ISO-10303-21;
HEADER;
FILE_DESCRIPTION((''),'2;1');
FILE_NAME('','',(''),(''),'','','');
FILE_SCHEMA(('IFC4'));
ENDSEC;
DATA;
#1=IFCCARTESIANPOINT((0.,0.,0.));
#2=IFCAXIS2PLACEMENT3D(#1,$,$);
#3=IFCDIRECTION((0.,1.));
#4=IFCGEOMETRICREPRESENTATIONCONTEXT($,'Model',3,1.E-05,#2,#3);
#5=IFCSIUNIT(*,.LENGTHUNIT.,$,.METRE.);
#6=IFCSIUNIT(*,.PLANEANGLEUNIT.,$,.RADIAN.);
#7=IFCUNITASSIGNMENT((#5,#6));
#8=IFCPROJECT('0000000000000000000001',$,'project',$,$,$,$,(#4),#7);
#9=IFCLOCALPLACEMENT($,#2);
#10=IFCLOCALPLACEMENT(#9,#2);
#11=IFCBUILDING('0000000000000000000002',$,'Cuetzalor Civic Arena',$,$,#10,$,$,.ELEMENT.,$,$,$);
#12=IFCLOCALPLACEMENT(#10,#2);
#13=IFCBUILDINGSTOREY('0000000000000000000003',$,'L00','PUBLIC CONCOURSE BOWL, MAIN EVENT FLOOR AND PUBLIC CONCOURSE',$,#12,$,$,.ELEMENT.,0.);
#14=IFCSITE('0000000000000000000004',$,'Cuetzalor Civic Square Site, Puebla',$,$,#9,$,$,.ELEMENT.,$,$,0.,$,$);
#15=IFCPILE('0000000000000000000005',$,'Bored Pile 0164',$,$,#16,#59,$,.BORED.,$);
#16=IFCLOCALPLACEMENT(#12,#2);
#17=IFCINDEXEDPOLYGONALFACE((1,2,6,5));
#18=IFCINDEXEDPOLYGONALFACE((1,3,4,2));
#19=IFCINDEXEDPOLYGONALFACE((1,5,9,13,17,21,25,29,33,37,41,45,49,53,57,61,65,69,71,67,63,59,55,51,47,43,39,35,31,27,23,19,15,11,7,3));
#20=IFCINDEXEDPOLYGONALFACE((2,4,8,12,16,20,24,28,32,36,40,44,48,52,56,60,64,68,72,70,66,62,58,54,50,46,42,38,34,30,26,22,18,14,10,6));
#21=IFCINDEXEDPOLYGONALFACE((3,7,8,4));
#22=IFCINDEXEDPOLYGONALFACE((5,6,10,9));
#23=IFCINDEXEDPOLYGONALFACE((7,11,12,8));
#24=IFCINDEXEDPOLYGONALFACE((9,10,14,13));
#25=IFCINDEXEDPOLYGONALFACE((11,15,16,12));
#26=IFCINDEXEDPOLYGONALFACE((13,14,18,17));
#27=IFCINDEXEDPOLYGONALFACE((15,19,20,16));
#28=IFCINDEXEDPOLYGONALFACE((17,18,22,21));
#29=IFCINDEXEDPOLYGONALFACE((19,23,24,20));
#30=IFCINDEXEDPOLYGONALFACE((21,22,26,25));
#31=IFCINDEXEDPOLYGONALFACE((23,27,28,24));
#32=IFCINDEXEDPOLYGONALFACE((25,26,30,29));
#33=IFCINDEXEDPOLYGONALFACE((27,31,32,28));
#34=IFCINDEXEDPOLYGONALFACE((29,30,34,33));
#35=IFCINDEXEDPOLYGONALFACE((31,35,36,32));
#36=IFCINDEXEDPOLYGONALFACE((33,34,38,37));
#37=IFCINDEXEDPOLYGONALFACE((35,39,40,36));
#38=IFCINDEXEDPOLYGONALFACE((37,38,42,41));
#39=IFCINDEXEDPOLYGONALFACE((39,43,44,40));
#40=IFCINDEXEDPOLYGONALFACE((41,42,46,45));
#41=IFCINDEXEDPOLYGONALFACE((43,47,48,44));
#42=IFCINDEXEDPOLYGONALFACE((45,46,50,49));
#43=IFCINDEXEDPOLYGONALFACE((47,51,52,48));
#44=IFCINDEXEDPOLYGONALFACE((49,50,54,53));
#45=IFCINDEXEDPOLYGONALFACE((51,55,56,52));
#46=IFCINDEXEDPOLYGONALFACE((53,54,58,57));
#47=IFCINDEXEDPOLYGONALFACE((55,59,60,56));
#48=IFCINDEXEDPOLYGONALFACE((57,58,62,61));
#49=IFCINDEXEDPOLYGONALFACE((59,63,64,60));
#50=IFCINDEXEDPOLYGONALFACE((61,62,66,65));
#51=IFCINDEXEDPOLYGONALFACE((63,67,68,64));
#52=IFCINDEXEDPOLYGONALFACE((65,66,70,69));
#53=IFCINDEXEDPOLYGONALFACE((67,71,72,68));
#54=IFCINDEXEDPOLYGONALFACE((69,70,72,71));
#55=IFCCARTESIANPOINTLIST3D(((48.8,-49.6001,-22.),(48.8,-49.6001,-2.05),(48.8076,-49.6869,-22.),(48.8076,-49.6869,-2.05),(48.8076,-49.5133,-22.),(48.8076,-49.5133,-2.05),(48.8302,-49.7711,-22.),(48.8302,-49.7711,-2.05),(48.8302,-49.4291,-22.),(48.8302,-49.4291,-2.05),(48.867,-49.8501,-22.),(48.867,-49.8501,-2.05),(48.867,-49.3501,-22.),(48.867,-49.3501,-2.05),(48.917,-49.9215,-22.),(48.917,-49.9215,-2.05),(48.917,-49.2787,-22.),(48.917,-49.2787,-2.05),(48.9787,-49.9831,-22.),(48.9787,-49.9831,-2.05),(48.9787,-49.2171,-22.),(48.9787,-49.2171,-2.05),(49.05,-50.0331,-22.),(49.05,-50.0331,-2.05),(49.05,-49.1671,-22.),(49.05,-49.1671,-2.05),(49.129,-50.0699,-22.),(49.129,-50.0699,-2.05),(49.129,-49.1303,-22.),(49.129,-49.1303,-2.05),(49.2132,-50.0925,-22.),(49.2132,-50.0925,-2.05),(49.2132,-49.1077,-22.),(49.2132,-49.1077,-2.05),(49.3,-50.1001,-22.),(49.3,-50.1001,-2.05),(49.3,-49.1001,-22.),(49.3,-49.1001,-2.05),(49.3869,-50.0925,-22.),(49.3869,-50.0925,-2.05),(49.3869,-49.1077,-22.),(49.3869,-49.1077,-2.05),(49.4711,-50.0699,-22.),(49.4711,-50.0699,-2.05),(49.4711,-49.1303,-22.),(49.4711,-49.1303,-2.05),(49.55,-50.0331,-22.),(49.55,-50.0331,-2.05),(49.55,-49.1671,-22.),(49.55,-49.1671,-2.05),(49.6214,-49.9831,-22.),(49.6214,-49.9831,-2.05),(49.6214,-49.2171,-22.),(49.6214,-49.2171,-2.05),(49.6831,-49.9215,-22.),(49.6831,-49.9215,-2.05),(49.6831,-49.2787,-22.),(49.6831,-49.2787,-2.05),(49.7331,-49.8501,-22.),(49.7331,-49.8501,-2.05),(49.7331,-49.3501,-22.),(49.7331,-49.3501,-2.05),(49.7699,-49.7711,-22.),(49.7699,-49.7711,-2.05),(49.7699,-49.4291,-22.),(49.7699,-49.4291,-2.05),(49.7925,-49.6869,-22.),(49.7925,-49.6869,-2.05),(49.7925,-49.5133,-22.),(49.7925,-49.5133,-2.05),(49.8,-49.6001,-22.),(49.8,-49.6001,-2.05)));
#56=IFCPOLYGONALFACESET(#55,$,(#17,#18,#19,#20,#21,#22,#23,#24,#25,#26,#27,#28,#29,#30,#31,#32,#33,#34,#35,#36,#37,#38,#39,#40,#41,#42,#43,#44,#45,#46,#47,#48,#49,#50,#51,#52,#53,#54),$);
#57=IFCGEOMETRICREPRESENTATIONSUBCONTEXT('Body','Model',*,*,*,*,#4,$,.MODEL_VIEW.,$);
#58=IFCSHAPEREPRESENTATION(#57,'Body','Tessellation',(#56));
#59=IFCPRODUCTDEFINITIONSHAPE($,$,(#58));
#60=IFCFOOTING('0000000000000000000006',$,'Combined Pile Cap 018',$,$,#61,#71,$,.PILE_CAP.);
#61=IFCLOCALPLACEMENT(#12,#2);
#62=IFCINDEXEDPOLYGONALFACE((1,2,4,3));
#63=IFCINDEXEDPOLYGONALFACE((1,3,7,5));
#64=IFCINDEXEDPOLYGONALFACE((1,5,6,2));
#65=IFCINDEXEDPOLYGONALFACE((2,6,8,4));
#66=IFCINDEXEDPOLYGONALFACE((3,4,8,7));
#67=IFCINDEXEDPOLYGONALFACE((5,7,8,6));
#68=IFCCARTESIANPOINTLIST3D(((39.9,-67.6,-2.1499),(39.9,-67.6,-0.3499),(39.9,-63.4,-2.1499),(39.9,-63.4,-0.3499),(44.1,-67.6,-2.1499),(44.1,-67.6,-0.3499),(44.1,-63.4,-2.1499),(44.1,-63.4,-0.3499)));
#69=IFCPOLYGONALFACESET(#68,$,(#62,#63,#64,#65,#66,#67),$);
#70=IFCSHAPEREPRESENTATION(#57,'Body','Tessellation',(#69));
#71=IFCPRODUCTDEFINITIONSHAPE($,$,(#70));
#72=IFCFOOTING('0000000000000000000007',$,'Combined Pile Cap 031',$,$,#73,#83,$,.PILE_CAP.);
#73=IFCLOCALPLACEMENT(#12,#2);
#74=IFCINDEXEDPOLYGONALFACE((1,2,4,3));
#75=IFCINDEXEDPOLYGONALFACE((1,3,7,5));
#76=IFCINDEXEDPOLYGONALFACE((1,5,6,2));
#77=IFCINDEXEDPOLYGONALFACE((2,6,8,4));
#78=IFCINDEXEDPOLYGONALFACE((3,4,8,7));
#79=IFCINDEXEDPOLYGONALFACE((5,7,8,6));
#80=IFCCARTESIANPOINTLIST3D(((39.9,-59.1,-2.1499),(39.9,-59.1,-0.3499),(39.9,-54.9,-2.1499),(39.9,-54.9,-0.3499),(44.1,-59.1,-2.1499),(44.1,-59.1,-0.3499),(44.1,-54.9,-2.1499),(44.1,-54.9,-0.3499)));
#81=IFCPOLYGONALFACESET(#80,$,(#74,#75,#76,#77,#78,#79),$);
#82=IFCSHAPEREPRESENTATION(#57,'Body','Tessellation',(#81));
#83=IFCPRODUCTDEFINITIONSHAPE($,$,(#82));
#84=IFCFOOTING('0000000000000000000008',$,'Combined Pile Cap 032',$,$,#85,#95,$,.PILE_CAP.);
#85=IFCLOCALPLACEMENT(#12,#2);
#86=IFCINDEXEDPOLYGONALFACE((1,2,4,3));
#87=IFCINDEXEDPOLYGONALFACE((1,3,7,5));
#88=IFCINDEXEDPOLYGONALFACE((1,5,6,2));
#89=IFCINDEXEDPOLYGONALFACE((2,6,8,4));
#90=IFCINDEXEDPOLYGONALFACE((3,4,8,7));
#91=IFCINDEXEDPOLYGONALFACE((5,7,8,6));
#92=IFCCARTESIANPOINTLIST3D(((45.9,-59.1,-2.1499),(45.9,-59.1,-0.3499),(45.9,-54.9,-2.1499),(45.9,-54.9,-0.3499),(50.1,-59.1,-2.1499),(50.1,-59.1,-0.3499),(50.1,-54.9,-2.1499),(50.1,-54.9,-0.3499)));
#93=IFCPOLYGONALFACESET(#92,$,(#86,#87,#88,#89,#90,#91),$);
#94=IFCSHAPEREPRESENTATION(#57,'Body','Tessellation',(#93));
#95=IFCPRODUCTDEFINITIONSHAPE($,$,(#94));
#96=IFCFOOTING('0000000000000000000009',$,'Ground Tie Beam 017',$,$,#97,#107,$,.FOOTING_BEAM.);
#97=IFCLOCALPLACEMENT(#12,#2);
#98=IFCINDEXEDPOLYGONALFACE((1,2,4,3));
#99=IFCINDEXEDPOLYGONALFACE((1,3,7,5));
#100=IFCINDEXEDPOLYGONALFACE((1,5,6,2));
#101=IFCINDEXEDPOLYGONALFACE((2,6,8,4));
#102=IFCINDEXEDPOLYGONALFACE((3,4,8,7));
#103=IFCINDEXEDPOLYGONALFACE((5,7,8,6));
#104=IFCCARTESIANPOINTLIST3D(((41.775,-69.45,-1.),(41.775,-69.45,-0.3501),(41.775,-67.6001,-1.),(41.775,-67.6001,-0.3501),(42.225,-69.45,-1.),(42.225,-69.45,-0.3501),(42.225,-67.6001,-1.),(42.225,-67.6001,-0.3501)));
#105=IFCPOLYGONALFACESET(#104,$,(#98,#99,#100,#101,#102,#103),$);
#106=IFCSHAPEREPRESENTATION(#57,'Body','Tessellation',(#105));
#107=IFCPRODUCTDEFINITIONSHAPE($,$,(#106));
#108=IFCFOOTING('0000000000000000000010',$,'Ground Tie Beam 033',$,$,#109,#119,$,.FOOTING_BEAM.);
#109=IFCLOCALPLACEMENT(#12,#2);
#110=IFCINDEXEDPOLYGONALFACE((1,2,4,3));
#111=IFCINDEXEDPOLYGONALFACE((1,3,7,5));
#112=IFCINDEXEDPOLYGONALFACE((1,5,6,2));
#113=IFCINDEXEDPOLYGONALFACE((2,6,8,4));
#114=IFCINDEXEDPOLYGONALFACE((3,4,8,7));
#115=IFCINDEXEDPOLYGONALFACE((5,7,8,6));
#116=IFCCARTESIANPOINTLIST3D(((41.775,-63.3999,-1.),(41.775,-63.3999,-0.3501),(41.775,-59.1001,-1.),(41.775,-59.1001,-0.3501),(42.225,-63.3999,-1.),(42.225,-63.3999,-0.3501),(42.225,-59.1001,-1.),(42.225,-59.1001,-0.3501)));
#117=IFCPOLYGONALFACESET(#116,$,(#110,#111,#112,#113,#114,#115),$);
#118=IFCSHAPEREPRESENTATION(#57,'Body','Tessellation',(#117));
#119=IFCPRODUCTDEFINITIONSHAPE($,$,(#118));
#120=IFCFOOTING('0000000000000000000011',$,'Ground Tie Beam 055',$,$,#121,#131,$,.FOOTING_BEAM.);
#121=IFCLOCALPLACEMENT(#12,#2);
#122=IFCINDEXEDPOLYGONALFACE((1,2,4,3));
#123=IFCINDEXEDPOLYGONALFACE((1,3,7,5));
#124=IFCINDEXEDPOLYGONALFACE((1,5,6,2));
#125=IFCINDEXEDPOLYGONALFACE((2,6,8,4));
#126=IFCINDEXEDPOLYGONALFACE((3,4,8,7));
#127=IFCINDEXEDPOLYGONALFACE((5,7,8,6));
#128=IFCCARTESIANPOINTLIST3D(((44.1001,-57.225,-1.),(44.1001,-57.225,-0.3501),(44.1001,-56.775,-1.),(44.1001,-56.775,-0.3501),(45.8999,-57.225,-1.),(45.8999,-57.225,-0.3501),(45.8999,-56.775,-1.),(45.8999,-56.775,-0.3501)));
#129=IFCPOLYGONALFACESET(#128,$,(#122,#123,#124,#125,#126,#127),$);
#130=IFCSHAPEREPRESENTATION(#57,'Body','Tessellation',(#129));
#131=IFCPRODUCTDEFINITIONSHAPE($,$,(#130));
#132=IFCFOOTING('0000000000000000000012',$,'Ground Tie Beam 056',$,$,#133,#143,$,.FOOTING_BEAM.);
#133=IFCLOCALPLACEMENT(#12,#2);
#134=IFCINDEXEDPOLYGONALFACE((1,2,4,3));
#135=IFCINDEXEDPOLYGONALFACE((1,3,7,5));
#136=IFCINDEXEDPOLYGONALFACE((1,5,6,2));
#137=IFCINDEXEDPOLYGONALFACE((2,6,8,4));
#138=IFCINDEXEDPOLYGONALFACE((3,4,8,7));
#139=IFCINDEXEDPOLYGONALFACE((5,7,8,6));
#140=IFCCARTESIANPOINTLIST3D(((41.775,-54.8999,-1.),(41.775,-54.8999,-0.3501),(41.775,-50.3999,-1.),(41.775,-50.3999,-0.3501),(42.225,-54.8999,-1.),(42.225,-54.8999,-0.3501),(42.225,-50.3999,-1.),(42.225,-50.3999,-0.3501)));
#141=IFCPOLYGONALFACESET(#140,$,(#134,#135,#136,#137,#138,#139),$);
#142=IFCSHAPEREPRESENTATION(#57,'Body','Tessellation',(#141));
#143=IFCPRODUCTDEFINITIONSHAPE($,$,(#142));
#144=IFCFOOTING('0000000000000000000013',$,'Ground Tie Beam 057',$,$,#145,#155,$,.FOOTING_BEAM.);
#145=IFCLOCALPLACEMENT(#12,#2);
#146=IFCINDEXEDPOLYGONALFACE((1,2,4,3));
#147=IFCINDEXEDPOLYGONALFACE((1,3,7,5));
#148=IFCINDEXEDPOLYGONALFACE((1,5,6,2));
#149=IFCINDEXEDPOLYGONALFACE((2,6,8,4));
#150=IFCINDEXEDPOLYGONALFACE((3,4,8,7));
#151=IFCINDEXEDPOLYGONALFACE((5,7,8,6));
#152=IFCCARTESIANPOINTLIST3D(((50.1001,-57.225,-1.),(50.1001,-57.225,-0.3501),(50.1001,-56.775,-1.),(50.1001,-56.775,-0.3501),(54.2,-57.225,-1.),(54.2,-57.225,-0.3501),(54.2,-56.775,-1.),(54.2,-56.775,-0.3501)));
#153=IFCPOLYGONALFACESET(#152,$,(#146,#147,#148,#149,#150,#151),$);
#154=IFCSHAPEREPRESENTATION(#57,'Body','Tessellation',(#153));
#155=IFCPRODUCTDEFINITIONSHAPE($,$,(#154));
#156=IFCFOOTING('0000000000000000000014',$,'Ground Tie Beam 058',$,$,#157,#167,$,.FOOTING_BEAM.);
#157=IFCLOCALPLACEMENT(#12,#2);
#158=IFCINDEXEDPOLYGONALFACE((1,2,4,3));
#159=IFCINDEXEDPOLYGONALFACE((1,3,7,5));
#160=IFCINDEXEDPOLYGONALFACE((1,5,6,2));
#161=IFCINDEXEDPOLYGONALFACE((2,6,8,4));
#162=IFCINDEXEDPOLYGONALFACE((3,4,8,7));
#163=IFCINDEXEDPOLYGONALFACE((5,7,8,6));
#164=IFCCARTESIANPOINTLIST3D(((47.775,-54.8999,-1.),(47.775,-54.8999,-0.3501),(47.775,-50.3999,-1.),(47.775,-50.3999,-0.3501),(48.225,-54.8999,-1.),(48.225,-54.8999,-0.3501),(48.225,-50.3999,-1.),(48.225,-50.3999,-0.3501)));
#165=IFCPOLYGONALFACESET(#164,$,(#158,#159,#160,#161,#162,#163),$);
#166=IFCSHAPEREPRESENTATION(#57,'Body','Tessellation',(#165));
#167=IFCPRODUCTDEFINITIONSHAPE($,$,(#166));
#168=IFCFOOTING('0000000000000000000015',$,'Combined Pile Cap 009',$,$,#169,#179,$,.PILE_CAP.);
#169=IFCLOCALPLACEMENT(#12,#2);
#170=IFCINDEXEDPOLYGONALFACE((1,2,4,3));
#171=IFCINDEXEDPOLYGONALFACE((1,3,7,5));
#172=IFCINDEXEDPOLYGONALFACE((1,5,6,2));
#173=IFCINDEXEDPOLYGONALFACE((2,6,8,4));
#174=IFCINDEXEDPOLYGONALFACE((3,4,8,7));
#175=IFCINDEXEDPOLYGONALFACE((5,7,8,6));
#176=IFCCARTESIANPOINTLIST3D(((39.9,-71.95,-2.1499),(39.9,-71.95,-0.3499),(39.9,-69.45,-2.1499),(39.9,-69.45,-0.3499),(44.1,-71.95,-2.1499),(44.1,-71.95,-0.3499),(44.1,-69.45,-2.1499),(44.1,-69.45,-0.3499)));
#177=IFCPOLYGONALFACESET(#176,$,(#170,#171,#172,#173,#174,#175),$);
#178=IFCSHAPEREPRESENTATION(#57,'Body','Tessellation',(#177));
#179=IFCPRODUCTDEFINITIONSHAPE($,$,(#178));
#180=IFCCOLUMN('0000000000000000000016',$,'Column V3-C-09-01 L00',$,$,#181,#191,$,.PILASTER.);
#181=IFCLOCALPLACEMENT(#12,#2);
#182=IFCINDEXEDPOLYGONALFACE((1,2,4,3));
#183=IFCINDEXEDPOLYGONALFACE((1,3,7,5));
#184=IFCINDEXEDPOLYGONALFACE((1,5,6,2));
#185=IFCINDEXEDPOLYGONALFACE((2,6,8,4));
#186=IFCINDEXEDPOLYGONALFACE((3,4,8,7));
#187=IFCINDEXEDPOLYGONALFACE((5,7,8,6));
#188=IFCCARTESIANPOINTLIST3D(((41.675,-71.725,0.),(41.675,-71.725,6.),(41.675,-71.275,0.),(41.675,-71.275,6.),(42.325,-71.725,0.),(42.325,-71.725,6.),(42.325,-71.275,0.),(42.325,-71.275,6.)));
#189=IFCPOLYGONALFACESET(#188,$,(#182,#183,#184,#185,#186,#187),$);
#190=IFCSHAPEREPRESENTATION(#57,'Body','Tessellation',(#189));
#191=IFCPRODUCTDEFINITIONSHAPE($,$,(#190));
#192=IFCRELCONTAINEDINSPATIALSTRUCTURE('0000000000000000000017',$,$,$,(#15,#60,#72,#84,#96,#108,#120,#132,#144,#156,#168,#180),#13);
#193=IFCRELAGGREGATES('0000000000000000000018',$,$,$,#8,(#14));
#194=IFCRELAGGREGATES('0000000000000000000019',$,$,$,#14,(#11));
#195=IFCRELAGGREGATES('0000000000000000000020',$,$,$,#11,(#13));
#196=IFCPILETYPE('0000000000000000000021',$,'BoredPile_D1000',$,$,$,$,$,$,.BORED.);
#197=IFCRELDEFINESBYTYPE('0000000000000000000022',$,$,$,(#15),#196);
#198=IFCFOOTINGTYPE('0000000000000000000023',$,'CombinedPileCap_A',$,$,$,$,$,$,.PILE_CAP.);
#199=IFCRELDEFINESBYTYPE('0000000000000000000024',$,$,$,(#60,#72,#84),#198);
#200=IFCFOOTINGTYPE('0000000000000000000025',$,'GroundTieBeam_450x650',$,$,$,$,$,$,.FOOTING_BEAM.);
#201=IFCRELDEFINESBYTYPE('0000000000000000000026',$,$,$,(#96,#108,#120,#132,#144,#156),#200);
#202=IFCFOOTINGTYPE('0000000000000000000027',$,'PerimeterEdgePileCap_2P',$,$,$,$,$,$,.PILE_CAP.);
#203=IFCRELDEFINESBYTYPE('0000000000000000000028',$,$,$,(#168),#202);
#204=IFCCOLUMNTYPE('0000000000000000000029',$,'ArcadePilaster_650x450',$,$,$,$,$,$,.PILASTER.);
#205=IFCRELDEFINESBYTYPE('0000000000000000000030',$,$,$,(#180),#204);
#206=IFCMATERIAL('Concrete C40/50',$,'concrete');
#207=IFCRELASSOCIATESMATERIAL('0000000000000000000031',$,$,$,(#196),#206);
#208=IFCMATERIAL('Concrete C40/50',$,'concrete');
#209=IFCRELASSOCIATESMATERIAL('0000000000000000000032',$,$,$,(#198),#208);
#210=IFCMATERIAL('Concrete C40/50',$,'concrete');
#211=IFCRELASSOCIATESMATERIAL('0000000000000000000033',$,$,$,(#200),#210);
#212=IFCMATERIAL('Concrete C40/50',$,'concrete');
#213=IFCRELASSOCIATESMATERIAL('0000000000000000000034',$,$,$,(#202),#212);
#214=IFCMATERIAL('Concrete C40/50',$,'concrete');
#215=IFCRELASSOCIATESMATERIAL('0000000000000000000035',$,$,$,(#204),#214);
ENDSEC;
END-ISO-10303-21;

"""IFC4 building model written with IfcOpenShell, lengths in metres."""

from ifc_helpers import new_model, si_unit, direction, frame, origin, origin_2d, place, context, subcontext, project, spatial, rectangle, circle, extrude, material, material_profile, profile_set, type_object, element, save


model = new_model("IFC4")

# Units and contexts
model_context = context("Model", 3, precision=1e-05, world=origin(), true_north=direction((0.0, 1.0)))
body_context = subcontext(model_context, "Body", "Model", "MODEL_VIEW")
ifc_project = project(units=[si_unit("LENGTHUNIT", "METRE"), si_unit("PLANEANGLEUNIT", "RADIAN")], contexts=[model_context])

# Site, building, storey
site_placement = place(None, origin())
site = spatial("IfcSite", under=ifc_project, at=site_placement, Name="Cuetzalor Civic Square Site, Puebla", CompositionType="ELEMENT", RefElevation=0.0)
building_placement = place(site_placement, origin())
building = spatial("IfcBuilding", under=site, at=building_placement, Name="Cuetzalor Civic Arena", CompositionType="ELEMENT")
storey_placement = place(building_placement, origin())
storey = spatial("IfcBuildingStorey", under=building, at=storey_placement, Name="L00", Description="PUBLIC CONCOURSE BOWL, MAIN EVENT FLOOR AND PUBLIC CONCOURSE", CompositionType="ELEMENT", Elevation=0.0)

# Pile
ifc_material_1 = material(Name="Concrete C40/50", Category="concrete")
ifc_material_profile_1 = material_profile(ifc_material_1, circle(Radius=0.5, at=origin_2d()), Name="BORED PILE D1000")
ifc_profile_set_1 = profile_set([ifc_material_profile_1], Name="Concrete C40/50")
pile_type = type_object("IfcPileType", Name="BoredPile_D1000", PredefinedType="BORED", material=ifc_profile_set_1)
for number, where, z_axis, x_axis, name in (
    (1, (49.3, -49.6001, -2.05), (0.0, 0.0, -1.0), (1.0, 0.0, 0.0), "Bored Pile 0164"),
):
    element("IfcPile", number, at=place(storey_placement, frame(where, z_axis=z_axis, x_axis=x_axis)), inside=storey, type_object=pile_type, Name=name, PredefinedType="BORED", context=body_context, shape_type="SweptSolid", body=[
        extrude(circle(Radius=0.5, at=origin_2d()), origin(), (0.0, 0.0, 1.0), 19.95),
    ])

# Footings
ifc_material_2 = material(Name="Concrete C40/50", Category="concrete")
footing_type_1 = type_object("IfcFootingType", Name="CombinedPileCap_A", PredefinedType="PILE_CAP", material=ifc_material_2)
for number, where, z_axis, x_axis, name in (
    (2, (42.0, -65.5, -2.1499), (0.0, 0.0, 1.0), (1.0, 0.0, 0.0), "Combined Pile Cap 018"),
    (3, (42.0, -57.0, -2.1499), (0.0, 0.0, 1.0), (1.0, 0.0, 0.0), "Combined Pile Cap 031"),
    (4, (48.0, -57.0, -2.1499), (0.0, 0.0, 1.0), (1.0, 0.0, 0.0), "Combined Pile Cap 032"),
):
    element("IfcFooting", number, at=place(storey_placement, frame(where, z_axis=z_axis, x_axis=x_axis)), inside=storey, type_object=footing_type_1, Name=name, PredefinedType="PILE_CAP", context=body_context, shape_type="SweptSolid", body=[
        extrude(rectangle(XDim=4.2, YDim=4.2, at=origin_2d()), origin(), (0.0, 0.0, 1.0), 1.8),
    ])
ifc_material_3 = material(Name="Concrete C40/50", Category="concrete")
ifc_material_profile_2 = material_profile(ifc_material_3, rectangle(XDim=0.45, YDim=0.6499, at=origin_2d()), Name="RC 450x650")
ifc_profile_set_2 = profile_set([ifc_material_profile_2], Name="Concrete C40/50")
footing_type_2 = type_object("IfcFootingType", Name="GroundTieBeam_450x650", PredefinedType="FOOTING_BEAM", material=ifc_profile_set_2)
footing_1_placement = place(storey_placement, frame((42.0, -69.45, -0.675), z_axis=(0.0, 1.0, 0.0), x_axis=(-1.0, 0.0, 0.0)))
element("IfcFooting", 5, at=footing_1_placement, inside=storey, type_object=footing_type_2, Name="Ground Tie Beam 017", PredefinedType="FOOTING_BEAM", context=body_context, shape_type="SweptSolid", body=[
    extrude(rectangle(XDim=0.45, YDim=0.6499, at=origin_2d()), origin(), (0.0, 0.0, 1.0), 1.8499),
])
footing_2_placement = place(storey_placement, frame((42.0, -63.3999, -0.675), z_axis=(0.0, 1.0, 0.0), x_axis=(-1.0, 0.0, 0.0)))
element("IfcFooting", 6, at=footing_2_placement, inside=storey, type_object=footing_type_2, Name="Ground Tie Beam 033", PredefinedType="FOOTING_BEAM", context=body_context, shape_type="SweptSolid", body=[
    extrude(rectangle(XDim=0.45, YDim=0.6499, at=origin_2d()), origin(), (0.0, 0.0, 1.0), 4.2998),
])
footing_3_placement = place(storey_placement, frame((44.1001, -57.0, -0.675), z_axis=(1.0, 0.0, 0.0), x_axis=(0.0, 1.0, 0.0)))
element("IfcFooting", 7, at=footing_3_placement, inside=storey, type_object=footing_type_2, Name="Ground Tie Beam 055", PredefinedType="FOOTING_BEAM", context=body_context, shape_type="SweptSolid", body=[
    extrude(rectangle(XDim=0.45, YDim=0.6499, at=origin_2d()), origin(), (0.0, 0.0, 1.0), 1.7998),
])
footing_4_placement = place(storey_placement, frame((42.0, -54.8999, -0.675), z_axis=(0.0, 1.0, 0.0), x_axis=(-1.0, 0.0, 0.0)))
element("IfcFooting", 8, at=footing_4_placement, inside=storey, type_object=footing_type_2, Name="Ground Tie Beam 056", PredefinedType="FOOTING_BEAM", context=body_context, shape_type="SweptSolid", body=[
    extrude(rectangle(XDim=0.45, YDim=0.6499, at=origin_2d()), origin(), (0.0, 0.0, 1.0), 4.5),
])
footing_5_placement = place(storey_placement, frame((50.1001, -57.0, -0.675), z_axis=(1.0, 0.0, 0.0), x_axis=(0.0, 1.0, 0.0)))
element("IfcFooting", 9, at=footing_5_placement, inside=storey, type_object=footing_type_2, Name="Ground Tie Beam 057", PredefinedType="FOOTING_BEAM", context=body_context, shape_type="SweptSolid", body=[
    extrude(rectangle(XDim=0.45, YDim=0.6499, at=origin_2d()), origin(), (0.0, 0.0, 1.0), 4.0999),
])
footing_6_placement = place(storey_placement, frame((48.0, -54.8999, -0.675), z_axis=(0.0, 1.0, 0.0), x_axis=(-1.0, 0.0, 0.0)))
element("IfcFooting", 10, at=footing_6_placement, inside=storey, type_object=footing_type_2, Name="Ground Tie Beam 058", PredefinedType="FOOTING_BEAM", context=body_context, shape_type="SweptSolid", body=[
    extrude(rectangle(XDim=0.45, YDim=0.6499, at=origin_2d()), origin(), (0.0, 0.0, 1.0), 4.5),
])
ifc_material_4 = material(Name="Concrete C40/50", Category="concrete")
footing_type_3 = type_object("IfcFootingType", Name="PerimeterEdgePileCap_2P", PredefinedType="PILE_CAP", material=ifc_material_4)
footing_7_placement = place(storey_placement, frame((42.0, -70.7, -2.1499), z_axis=(0.0, 0.0, 1.0), x_axis=(1.0, 0.0, 0.0)))
element("IfcFooting", 11, at=footing_7_placement, inside=storey, type_object=footing_type_3, Name="Combined Pile Cap 009", PredefinedType="PILE_CAP", context=body_context, shape_type="SweptSolid", body=[
    extrude(rectangle(XDim=4.2, YDim=2.5, at=origin_2d()), origin(), (0.0, 0.0, 1.0), 1.8),
])

# Column
ifc_material_5 = material(Name="Concrete C40/50", Category="concrete")
ifc_material_profile_3 = material_profile(ifc_material_5, rectangle(XDim=0.6499, YDim=0.45, at=origin_2d()), Name="RC 650x450")
ifc_profile_set_3 = profile_set([ifc_material_profile_3], Name="Concrete C40/50")
column_type_1 = type_object("IfcColumnType", Name="ArcadePilaster_650x450", PredefinedType="PILASTER", material=ifc_profile_set_3)
column_placement = place(storey_placement, frame((42.0, -71.5, 0.0), z_axis=(0.0, 0.0, 1.0), x_axis=(1.0, 0.0, 0.0)))
element("IfcColumn", 12, at=column_placement, inside=storey, type_object=column_type_1, Name="Column V3-C-09-01 L00", PredefinedType="PILASTER", context=body_context, shape_type="SweptSolid", body=[
    extrude(rectangle(XDim=0.6499, YDim=0.45, at=origin_2d()), origin(), (0.0, 0.0, 1.0), 6.0),
])

save(model, "model.ifc")
